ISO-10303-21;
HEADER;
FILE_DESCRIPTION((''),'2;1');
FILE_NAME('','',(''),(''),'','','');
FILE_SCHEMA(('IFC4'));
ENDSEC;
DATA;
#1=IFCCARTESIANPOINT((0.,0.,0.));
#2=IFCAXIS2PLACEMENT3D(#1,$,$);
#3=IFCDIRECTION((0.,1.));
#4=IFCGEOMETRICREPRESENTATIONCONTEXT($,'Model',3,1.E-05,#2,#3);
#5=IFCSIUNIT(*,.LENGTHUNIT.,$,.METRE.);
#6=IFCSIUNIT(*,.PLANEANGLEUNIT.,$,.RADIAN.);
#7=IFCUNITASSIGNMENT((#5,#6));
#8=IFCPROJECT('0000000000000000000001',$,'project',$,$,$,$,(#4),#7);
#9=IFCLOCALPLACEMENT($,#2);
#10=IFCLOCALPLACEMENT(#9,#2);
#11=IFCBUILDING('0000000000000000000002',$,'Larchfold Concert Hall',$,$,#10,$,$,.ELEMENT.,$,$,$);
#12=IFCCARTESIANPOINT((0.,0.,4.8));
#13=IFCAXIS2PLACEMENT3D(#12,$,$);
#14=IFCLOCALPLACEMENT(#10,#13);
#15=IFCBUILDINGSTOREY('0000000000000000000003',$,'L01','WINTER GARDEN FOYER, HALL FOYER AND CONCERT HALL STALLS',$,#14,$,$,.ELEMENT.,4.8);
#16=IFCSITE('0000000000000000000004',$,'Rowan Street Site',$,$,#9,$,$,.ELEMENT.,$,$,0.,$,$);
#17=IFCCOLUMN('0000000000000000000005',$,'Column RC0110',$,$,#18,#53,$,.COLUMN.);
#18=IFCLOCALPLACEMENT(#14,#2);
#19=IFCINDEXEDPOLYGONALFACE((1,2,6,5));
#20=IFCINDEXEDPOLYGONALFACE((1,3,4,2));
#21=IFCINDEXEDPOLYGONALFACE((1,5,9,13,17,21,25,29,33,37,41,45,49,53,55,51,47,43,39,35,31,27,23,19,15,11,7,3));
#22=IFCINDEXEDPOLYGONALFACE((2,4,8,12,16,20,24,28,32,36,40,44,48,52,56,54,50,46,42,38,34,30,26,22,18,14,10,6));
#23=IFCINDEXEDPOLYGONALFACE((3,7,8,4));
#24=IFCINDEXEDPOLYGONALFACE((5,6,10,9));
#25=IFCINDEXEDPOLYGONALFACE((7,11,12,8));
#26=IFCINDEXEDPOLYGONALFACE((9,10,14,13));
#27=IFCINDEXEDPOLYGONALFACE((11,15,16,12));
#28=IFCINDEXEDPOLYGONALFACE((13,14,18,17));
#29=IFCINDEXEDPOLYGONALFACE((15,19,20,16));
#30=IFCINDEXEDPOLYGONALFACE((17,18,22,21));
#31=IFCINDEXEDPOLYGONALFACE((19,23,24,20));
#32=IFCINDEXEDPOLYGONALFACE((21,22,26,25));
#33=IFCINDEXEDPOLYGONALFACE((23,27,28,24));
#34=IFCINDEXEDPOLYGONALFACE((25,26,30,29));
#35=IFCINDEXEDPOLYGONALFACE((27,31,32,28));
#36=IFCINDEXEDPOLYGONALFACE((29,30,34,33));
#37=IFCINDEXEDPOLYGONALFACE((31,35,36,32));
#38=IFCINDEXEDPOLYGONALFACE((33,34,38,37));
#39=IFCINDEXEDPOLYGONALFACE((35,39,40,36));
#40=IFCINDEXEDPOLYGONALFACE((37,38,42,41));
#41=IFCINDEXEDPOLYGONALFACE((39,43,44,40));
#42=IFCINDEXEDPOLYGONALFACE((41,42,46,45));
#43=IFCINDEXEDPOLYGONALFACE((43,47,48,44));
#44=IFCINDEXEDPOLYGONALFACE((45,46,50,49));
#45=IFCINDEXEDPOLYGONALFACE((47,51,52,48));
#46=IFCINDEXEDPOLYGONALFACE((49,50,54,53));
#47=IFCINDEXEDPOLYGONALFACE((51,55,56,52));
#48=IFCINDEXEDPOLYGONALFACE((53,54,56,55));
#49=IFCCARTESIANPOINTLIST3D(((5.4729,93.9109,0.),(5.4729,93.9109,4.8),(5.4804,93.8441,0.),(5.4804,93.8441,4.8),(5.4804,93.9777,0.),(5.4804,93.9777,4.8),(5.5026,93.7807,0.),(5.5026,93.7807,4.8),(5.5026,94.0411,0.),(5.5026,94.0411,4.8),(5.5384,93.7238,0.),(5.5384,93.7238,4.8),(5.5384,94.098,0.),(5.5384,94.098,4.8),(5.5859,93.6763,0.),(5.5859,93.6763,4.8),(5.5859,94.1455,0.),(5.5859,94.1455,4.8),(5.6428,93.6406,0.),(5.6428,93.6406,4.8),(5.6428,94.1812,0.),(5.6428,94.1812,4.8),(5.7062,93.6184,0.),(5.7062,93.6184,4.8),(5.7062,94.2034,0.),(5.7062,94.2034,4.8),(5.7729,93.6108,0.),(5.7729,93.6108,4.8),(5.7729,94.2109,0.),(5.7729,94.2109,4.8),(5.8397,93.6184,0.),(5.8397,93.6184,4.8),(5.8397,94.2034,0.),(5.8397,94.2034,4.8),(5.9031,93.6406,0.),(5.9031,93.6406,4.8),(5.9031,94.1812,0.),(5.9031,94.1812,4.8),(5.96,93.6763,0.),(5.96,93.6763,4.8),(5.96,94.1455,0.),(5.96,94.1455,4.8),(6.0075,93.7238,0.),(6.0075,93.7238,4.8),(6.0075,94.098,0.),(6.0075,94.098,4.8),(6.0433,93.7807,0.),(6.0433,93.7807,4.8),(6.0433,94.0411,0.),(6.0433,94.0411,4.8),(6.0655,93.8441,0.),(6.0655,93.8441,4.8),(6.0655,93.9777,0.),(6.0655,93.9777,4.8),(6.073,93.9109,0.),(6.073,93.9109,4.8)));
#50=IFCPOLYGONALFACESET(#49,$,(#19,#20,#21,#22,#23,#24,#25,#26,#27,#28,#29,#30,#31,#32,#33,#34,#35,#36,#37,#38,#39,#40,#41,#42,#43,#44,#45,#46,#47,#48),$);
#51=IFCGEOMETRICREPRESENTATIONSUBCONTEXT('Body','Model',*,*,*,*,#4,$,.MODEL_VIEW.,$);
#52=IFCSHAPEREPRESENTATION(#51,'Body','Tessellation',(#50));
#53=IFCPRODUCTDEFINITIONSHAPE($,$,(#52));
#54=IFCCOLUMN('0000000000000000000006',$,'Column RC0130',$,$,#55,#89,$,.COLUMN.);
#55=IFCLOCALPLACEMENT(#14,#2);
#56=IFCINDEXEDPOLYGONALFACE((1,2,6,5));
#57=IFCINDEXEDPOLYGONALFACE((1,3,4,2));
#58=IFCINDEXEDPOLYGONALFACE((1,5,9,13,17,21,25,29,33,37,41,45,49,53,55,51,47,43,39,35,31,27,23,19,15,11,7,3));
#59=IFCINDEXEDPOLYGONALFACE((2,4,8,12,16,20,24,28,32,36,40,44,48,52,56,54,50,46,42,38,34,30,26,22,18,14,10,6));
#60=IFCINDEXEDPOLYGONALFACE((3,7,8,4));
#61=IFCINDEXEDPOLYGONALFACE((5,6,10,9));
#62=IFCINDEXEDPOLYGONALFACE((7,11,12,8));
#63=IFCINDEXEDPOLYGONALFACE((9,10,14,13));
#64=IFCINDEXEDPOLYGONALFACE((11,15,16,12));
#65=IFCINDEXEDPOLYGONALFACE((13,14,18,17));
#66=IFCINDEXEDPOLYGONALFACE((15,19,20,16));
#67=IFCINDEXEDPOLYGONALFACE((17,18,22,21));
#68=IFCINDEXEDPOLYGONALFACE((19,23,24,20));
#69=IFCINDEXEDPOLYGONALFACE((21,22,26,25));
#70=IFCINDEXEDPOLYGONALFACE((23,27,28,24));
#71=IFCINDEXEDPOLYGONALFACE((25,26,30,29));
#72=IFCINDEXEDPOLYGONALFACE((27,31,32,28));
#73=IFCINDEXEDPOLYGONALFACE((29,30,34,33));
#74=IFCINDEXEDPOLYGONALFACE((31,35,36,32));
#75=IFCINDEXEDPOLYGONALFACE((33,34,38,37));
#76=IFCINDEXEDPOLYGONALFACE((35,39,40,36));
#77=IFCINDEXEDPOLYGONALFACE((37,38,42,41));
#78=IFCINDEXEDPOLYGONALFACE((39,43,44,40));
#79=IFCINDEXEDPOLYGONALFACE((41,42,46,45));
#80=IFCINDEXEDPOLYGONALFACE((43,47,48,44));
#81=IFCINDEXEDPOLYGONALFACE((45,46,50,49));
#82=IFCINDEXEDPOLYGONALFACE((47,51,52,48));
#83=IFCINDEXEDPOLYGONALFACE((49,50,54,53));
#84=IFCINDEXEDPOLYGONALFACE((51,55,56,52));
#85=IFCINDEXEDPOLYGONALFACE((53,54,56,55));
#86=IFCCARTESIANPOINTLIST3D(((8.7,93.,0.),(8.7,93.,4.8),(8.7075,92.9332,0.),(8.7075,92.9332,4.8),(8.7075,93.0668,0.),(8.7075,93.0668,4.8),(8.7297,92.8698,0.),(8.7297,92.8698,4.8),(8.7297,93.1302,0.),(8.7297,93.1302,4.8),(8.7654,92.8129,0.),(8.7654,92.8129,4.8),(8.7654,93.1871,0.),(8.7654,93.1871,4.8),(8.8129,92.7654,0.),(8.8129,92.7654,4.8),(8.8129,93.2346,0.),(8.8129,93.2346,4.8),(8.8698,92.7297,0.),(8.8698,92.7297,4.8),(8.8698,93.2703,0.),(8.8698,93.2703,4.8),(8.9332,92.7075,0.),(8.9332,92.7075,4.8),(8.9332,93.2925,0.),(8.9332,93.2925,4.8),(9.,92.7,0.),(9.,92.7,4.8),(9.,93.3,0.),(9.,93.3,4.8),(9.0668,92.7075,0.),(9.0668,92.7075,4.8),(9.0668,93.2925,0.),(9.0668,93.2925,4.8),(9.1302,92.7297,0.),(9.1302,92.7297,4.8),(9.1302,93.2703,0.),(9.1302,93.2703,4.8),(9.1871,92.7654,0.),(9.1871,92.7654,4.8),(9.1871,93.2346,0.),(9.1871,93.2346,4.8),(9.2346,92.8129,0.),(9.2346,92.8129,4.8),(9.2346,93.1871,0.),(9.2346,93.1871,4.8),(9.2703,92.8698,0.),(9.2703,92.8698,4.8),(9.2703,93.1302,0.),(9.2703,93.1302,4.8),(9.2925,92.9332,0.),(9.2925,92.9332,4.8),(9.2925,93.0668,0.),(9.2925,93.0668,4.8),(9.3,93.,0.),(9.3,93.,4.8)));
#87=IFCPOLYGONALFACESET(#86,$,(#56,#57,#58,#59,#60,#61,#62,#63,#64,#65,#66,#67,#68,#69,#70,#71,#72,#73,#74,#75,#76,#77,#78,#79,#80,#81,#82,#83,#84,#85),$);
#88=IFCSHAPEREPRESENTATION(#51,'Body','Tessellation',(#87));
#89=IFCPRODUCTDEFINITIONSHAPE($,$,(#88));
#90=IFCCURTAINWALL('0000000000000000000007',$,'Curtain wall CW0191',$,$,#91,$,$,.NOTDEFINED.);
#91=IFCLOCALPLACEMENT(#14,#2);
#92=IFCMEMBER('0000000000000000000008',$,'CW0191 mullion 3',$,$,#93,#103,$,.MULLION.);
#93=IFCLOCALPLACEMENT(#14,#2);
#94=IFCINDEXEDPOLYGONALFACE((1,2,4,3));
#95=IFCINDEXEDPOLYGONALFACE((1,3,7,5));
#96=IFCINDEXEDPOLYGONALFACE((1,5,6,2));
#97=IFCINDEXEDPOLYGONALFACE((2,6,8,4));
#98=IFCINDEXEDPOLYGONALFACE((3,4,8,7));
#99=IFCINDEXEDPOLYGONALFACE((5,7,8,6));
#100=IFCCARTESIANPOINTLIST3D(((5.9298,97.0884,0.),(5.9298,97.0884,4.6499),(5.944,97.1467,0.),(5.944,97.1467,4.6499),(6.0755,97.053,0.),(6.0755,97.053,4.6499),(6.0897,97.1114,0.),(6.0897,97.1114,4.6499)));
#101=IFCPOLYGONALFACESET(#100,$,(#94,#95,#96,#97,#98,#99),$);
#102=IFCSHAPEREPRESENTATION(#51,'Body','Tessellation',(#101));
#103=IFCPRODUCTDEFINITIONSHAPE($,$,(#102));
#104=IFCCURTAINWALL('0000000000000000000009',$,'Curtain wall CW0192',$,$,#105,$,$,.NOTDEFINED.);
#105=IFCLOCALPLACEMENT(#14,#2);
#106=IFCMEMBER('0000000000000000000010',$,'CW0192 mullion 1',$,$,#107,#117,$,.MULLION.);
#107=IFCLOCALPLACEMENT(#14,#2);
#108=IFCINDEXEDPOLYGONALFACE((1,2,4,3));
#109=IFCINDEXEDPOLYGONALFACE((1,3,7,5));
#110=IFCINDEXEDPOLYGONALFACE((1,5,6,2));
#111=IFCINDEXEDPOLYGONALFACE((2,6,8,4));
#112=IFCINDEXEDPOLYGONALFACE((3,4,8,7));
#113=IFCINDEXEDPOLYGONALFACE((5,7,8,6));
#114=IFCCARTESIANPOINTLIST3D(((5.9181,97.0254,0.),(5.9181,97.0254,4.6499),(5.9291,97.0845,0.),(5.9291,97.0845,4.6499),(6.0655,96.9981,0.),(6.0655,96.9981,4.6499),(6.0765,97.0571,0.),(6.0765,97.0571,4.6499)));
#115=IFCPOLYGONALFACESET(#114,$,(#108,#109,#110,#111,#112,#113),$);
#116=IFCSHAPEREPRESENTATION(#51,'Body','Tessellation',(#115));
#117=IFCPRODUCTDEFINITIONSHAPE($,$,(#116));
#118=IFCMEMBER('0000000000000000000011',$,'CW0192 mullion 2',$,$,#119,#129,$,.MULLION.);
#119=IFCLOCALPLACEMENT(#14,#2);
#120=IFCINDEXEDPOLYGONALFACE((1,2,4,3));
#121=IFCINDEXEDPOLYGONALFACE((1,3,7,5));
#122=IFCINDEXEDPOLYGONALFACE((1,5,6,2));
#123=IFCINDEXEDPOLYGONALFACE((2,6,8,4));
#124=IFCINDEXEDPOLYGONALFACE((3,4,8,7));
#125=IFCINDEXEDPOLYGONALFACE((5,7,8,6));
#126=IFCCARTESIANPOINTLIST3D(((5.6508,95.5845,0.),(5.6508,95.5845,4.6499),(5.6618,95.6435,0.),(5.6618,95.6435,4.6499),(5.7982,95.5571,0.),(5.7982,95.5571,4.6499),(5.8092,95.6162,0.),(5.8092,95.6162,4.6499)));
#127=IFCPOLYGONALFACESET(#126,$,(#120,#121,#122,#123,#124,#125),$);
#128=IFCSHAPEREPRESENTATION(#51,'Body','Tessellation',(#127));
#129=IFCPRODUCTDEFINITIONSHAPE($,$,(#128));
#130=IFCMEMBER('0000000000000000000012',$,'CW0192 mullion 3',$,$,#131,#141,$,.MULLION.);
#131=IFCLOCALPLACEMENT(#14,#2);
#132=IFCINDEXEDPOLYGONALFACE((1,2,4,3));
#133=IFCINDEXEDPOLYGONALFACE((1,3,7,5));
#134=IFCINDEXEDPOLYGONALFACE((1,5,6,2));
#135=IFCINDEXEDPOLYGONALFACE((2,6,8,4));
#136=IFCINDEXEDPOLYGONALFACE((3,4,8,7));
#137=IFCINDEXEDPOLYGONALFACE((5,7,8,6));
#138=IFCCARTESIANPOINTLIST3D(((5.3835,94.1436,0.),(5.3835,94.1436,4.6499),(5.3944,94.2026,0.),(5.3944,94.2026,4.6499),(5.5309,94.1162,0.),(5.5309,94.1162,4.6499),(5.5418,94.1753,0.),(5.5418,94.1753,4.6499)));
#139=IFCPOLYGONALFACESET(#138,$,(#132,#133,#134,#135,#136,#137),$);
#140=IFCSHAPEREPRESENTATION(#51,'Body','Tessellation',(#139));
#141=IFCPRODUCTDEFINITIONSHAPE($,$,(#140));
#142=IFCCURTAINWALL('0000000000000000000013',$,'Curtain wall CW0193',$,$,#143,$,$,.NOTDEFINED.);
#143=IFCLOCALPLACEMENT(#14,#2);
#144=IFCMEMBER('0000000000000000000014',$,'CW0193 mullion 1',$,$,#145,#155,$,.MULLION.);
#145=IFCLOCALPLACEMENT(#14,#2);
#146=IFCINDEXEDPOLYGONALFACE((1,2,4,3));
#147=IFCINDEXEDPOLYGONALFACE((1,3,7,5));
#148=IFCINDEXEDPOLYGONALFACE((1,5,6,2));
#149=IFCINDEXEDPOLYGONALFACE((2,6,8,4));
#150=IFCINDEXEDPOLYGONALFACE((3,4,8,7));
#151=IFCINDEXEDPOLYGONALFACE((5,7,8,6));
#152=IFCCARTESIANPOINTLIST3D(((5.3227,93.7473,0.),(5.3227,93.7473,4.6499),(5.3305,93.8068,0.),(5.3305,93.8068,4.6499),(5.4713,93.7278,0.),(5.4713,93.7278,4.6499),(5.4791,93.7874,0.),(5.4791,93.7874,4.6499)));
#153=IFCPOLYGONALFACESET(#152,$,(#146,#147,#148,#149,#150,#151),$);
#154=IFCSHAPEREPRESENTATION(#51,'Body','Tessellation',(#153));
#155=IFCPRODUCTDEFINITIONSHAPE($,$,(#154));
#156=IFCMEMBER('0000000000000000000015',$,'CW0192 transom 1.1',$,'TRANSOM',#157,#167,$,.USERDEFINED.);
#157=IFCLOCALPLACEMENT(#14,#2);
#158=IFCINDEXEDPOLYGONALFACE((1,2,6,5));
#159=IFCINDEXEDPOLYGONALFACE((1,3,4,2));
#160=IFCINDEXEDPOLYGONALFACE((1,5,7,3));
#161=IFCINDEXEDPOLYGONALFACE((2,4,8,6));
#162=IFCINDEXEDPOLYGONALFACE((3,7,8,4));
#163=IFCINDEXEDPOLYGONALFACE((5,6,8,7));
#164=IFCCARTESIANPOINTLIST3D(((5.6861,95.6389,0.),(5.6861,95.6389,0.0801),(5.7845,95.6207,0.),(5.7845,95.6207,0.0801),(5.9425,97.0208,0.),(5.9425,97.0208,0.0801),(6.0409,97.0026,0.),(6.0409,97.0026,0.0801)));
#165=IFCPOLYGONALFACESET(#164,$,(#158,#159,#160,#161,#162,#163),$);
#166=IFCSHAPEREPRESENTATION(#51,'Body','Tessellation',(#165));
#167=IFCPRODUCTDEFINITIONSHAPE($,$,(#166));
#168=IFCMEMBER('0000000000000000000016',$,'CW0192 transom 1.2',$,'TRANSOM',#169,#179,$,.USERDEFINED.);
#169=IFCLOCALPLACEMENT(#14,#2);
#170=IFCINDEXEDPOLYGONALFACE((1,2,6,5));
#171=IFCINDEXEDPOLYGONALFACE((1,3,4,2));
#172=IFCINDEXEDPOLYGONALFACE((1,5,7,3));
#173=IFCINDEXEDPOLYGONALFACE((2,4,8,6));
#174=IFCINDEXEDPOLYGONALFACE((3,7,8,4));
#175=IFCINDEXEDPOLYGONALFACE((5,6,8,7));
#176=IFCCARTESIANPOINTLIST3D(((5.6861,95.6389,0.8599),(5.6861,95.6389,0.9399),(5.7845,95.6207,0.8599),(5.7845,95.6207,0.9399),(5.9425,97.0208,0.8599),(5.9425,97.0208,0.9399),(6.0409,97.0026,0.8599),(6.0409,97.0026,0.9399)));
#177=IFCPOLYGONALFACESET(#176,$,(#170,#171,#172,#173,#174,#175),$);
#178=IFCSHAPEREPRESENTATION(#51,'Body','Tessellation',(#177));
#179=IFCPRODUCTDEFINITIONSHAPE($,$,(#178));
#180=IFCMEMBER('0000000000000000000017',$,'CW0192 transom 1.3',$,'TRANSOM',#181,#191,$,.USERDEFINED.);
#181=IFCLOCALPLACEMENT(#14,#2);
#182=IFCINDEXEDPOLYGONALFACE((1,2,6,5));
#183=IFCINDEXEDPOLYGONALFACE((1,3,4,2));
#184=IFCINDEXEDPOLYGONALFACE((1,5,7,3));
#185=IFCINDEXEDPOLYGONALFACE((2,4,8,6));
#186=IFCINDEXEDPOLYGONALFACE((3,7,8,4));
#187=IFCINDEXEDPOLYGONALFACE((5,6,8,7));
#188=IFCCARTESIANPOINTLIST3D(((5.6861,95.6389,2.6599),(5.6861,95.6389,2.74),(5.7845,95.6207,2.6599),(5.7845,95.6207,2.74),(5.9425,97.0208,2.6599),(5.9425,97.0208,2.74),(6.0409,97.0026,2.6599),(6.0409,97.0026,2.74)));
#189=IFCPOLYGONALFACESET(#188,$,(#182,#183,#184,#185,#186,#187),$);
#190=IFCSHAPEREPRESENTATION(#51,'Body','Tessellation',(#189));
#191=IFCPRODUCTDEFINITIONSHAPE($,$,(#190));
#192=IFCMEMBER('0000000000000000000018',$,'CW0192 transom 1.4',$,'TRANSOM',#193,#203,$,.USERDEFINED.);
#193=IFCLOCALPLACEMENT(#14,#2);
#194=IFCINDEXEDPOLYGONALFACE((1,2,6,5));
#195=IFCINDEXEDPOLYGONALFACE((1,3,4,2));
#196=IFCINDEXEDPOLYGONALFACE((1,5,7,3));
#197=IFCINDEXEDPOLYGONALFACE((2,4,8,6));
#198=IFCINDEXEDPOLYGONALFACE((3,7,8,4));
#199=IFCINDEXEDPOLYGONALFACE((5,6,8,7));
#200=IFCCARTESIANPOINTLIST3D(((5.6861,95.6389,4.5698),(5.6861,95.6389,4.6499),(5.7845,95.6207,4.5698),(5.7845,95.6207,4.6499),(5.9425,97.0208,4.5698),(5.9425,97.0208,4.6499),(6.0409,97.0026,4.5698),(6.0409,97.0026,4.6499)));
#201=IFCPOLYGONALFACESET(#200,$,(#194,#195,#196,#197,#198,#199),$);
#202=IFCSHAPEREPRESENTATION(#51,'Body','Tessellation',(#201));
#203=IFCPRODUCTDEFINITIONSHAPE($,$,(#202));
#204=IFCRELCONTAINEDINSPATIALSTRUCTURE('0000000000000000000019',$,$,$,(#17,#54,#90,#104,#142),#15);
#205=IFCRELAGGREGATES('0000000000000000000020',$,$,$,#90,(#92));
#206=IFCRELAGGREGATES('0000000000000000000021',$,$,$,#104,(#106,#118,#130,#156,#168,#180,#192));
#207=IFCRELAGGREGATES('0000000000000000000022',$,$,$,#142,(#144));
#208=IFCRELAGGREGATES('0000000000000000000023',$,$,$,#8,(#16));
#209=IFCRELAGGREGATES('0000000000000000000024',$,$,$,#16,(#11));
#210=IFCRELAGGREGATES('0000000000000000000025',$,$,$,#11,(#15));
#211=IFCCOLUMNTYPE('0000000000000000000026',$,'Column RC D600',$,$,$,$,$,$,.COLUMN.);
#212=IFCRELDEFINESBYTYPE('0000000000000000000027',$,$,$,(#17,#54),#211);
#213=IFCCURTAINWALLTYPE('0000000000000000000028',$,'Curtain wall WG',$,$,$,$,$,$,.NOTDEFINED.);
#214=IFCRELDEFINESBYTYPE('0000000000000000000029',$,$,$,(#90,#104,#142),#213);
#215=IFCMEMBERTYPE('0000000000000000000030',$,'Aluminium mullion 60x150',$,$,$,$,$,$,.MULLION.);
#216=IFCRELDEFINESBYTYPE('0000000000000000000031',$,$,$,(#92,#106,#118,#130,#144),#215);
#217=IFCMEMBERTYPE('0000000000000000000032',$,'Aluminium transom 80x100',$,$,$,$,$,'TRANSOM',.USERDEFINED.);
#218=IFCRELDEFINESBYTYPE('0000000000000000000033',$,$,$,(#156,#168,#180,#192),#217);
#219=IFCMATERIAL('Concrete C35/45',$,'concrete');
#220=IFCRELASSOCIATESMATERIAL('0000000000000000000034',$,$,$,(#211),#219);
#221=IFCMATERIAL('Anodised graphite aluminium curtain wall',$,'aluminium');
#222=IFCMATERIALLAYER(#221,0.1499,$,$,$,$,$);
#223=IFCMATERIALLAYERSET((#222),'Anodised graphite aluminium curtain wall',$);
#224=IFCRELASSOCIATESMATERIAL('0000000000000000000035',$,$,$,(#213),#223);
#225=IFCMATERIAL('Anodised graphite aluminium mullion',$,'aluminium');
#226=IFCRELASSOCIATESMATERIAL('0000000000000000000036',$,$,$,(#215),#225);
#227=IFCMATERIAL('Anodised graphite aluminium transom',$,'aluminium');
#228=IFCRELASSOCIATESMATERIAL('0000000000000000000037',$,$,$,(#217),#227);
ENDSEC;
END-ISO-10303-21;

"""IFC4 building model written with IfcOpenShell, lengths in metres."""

from ifc_helpers import new_model, si_unit, direction, frame, origin, origin_2d, place, context, subcontext, project, spatial, rectangle, circle, extrude, material, layer, layer_set, material_profile, profile_set, type_object, element, aggregate, save


model = new_model("IFC4")

# Units and contexts
model_context = context("Model", 3, precision=1e-05, world=origin(), true_north=direction((0.0, 1.0)))
body_context = subcontext(model_context, "Body", "Model", "MODEL_VIEW")
ifc_project = project(units=[si_unit("LENGTHUNIT", "METRE"), si_unit("PLANEANGLEUNIT", "RADIAN")], contexts=[model_context])

# Site, building, storey
site_placement = place(None, origin())
site = spatial("IfcSite", under=ifc_project, at=site_placement, Name="Rowan Street Site", CompositionType="ELEMENT", RefElevation=0.0)
building_placement = place(site_placement, origin())
building = spatial("IfcBuilding", under=site, at=building_placement, Name="Larchfold Concert Hall", CompositionType="ELEMENT")
storey_placement = place(building_placement, frame((0.0, 0.0, 4.8)))
storey = spatial("IfcBuildingStorey", under=building, at=storey_placement, Name="L01", Description="WINTER GARDEN FOYER, HALL FOYER AND CONCERT HALL STALLS", CompositionType="ELEMENT", Elevation=4.8)

# Columns
ifc_material_1 = material(Name="Concrete C35/45", Category="concrete")
ifc_material_profile_1 = material_profile(ifc_material_1, circle(Radius=0.3, at=origin_2d()))
ifc_profile_set_1 = profile_set([ifc_material_profile_1], Name="Concrete C35/45")
column_type = type_object("IfcColumnType", Name="Column RC D600", PredefinedType="COLUMN", material=ifc_profile_set_1)
for number, where, z_axis, x_axis, name in (
    (1, (5.7729, 93.9109, 0.0), (0.0, 0.0, 1.0), (1.0, 0.0, 0.0), "Column RC0110"),
    (2, (9.0, 93.0, 0.0), (0.0, 0.0, 1.0), (1.0, 0.0, 0.0), "Column RC0130"),
):
    element("IfcColumn", number, at=place(storey_placement, frame(where, z_axis=z_axis, x_axis=x_axis)), inside=storey, type_object=column_type, Name=name, PredefinedType="COLUMN", context=body_context, shape_type="SweptSolid", body=[
        extrude(circle(Radius=0.3, at=origin_2d()), origin(), (0.0, 0.0, 1.0), 4.8),
    ])

# Curtain wall, member
ifc_material_2 = material(Name="Anodised graphite aluminium curtain wall", Category="aluminium")
ifc_layer_1 = layer(ifc_material_2, 0.1499)
ifc_layer_set_1 = layer_set([ifc_layer_1], Name="Anodised graphite aluminium curtain wall")
curtain_wall_type = type_object("IfcCurtainWallType", Name="Curtain wall WG", PredefinedType="NOTDEFINED", material=ifc_layer_set_1)
curtain_wall_1_placement = place(storey_placement, origin())
curtain_wall_1 = element("IfcCurtainWall", 3, at=curtain_wall_1_placement, inside=storey, type_object=curtain_wall_type, Name="Curtain wall CW0191", PredefinedType="NOTDEFINED")
ifc_material_3 = material(Name="Anodised graphite aluminium mullion", Category="aluminium")
ifc_material_profile_2 = material_profile(ifc_material_3, rectangle(XDim=0.1499, YDim=0.0601, at=origin_2d()))
ifc_profile_set_2 = profile_set([ifc_material_profile_2], Name="Anodised graphite aluminium mullion")
member_type_1 = type_object("IfcMemberType", Name="Aluminium mullion 60x150", PredefinedType="MULLION", material=ifc_profile_set_2)
member_1_placement = place(storey_placement, frame((6.0098, 97.0999, 0.0), z_axis=(0.0, 0.0, 1.0), x_axis=(0.971768, -0.235938, 0.0)))
member_1 = element("IfcMember", 4, at=member_1_placement, type_object=member_type_1, Name="CW0191 mullion 3", PredefinedType="MULLION", context=body_context, shape_type="SweptSolid", body=[
    extrude(rectangle(XDim=0.1499, YDim=0.0601, at=origin_2d()), origin(), (0.0, 0.0, 1.0), 4.6499),
])

# Curtain wall, members
curtain_wall_2_placement = place(storey_placement, origin())
curtain_wall_2 = element("IfcCurtainWall", 5, at=curtain_wall_2_placement, inside=storey, type_object=curtain_wall_type, Name="Curtain wall CW0192", PredefinedType="NOTDEFINED")
member_2_placement = place(storey_placement, frame((5.9973, 97.0413, 0.0), z_axis=(0.0, 0.0, 1.0), x_axis=(0.983234, -0.182346, 0.0)))
member_2 = element("IfcMember", 6, at=member_2_placement, type_object=member_type_1, Name="CW0192 mullion 1", PredefinedType="MULLION", context=body_context, shape_type="SweptSolid", body=[
    extrude(rectangle(XDim=0.1499, YDim=0.0601, at=origin_2d()), origin(), (0.0, 0.0, 1.0), 4.6499),
])
member_3_placement = place(storey_placement, frame((5.73, 95.6003, 0.0), z_axis=(0.0, 0.0, 1.0), x_axis=(0.983234, -0.182346, 0.0)))
member_3 = element("IfcMember", 7, at=member_3_placement, type_object=member_type_1, Name="CW0192 mullion 2", PredefinedType="MULLION", context=body_context, shape_type="SweptSolid", body=[
    extrude(rectangle(XDim=0.1499, YDim=0.0601, at=origin_2d()), origin(), (0.0, 0.0, 1.0), 4.6499),
])
member_4_placement = place(storey_placement, frame((5.4626, 94.1594, 0.0), z_axis=(0.0, 0.0, 1.0), x_axis=(0.983234, -0.182346, 0.0)))
member_4 = element("IfcMember", 8, at=member_4_placement, type_object=member_type_1, Name="CW0192 mullion 3", PredefinedType="MULLION", context=body_context, shape_type="SweptSolid", body=[
    extrude(rectangle(XDim=0.1499, YDim=0.0601, at=origin_2d()), origin(), (0.0, 0.0, 1.0), 4.6499),
])

# Curtain wall, member
curtain_wall_3_placement = place(storey_placement, origin())
curtain_wall_3 = element("IfcCurtainWall", 9, at=curtain_wall_3_placement, inside=storey, type_object=curtain_wall_type, Name="Curtain wall CW0193", PredefinedType="NOTDEFINED")
member_5_placement = place(storey_placement, frame((5.4009, 93.7673, 0.0), z_axis=(0.0, 0.0, 1.0), x_axis=(0.991548, -0.129743, 0.0)))
member_5 = element("IfcMember", 10, at=member_5_placement, type_object=member_type_1, Name="CW0193 mullion 1", PredefinedType="MULLION", context=body_context, shape_type="SweptSolid", body=[
    extrude(rectangle(XDim=0.1499, YDim=0.0601, at=origin_2d()), origin(), (0.0, 0.0, 1.0), 4.6499),
])

# Members
ifc_material_4 = material(Name="Anodised graphite aluminium transom", Category="aluminium")
ifc_material_profile_3 = material_profile(ifc_material_4, rectangle(XDim=0.1001, YDim=0.0801, at=origin_2d()))
ifc_profile_set_3 = profile_set([ifc_material_profile_3], Name="Anodised graphite aluminium transom")
member_type_2 = type_object("IfcMemberType", Name="Aluminium transom 80x100", ElementType="TRANSOM", PredefinedType="USERDEFINED", material=ifc_profile_set_3)
member_6_placement = place(storey_placement, frame((5.9917, 97.0117, 0.04), z_axis=(-0.1824, -0.983224, 0.0), x_axis=(0.983224, -0.1824, 0.0)))
member_6 = element("IfcMember", 11, at=member_6_placement, type_object=member_type_2, Name="CW0192 transom 1.1", ObjectType="TRANSOM", PredefinedType="USERDEFINED", context=body_context, shape_type="SweptSolid", body=[
    extrude(rectangle(XDim=0.1001, YDim=0.0801, at=origin_2d()), origin(), (0.0, 0.0, 1.0), 1.4055),
])
member_7_placement = place(storey_placement, frame((5.9917, 97.0117, 0.8999), z_axis=(-0.1824, -0.983224, 0.0), x_axis=(0.983224, -0.1824, 0.0)))
member_7 = element("IfcMember", 12, at=member_7_placement, type_object=member_type_2, Name="CW0192 transom 1.2", ObjectType="TRANSOM", PredefinedType="USERDEFINED", context=body_context, shape_type="SweptSolid", body=[
    extrude(rectangle(XDim=0.1001, YDim=0.0801, at=origin_2d()), origin(), (0.0, 0.0, 1.0), 1.4055),
])
member_8_placement = place(storey_placement, frame((5.9917, 97.0117, 2.7), z_axis=(-0.1824, -0.983224, 0.0), x_axis=(0.983224, -0.1824, 0.0)))
member_8 = element("IfcMember", 13, at=member_8_placement, type_object=member_type_2, Name="CW0192 transom 1.3", ObjectType="TRANSOM", PredefinedType="USERDEFINED", context=body_context, shape_type="SweptSolid", body=[
    extrude(rectangle(XDim=0.1001, YDim=0.0801, at=origin_2d()), origin(), (0.0, 0.0, 1.0), 1.4055),
])
member_9_placement = place(storey_placement, frame((5.9917, 97.0117, 4.6099), z_axis=(-0.1824, -0.983224, 0.0), x_axis=(0.983224, -0.1824, 0.0)))
member_9 = element("IfcMember", 14, at=member_9_placement, type_object=member_type_2, Name="CW0192 transom 1.4", ObjectType="TRANSOM", PredefinedType="USERDEFINED", context=body_context, shape_type="SweptSolid", body=[
    extrude(rectangle(XDim=0.1001, YDim=0.0801, at=origin_2d()), origin(), (0.0, 0.0, 1.0), 1.4055),
])

aggregate(curtain_wall_1, [member_1])
aggregate(curtain_wall_2, [member_2, member_3, member_4, member_6, member_7, member_8, member_9])
aggregate(curtain_wall_3, [member_5])

save(model, "model.ifc")
